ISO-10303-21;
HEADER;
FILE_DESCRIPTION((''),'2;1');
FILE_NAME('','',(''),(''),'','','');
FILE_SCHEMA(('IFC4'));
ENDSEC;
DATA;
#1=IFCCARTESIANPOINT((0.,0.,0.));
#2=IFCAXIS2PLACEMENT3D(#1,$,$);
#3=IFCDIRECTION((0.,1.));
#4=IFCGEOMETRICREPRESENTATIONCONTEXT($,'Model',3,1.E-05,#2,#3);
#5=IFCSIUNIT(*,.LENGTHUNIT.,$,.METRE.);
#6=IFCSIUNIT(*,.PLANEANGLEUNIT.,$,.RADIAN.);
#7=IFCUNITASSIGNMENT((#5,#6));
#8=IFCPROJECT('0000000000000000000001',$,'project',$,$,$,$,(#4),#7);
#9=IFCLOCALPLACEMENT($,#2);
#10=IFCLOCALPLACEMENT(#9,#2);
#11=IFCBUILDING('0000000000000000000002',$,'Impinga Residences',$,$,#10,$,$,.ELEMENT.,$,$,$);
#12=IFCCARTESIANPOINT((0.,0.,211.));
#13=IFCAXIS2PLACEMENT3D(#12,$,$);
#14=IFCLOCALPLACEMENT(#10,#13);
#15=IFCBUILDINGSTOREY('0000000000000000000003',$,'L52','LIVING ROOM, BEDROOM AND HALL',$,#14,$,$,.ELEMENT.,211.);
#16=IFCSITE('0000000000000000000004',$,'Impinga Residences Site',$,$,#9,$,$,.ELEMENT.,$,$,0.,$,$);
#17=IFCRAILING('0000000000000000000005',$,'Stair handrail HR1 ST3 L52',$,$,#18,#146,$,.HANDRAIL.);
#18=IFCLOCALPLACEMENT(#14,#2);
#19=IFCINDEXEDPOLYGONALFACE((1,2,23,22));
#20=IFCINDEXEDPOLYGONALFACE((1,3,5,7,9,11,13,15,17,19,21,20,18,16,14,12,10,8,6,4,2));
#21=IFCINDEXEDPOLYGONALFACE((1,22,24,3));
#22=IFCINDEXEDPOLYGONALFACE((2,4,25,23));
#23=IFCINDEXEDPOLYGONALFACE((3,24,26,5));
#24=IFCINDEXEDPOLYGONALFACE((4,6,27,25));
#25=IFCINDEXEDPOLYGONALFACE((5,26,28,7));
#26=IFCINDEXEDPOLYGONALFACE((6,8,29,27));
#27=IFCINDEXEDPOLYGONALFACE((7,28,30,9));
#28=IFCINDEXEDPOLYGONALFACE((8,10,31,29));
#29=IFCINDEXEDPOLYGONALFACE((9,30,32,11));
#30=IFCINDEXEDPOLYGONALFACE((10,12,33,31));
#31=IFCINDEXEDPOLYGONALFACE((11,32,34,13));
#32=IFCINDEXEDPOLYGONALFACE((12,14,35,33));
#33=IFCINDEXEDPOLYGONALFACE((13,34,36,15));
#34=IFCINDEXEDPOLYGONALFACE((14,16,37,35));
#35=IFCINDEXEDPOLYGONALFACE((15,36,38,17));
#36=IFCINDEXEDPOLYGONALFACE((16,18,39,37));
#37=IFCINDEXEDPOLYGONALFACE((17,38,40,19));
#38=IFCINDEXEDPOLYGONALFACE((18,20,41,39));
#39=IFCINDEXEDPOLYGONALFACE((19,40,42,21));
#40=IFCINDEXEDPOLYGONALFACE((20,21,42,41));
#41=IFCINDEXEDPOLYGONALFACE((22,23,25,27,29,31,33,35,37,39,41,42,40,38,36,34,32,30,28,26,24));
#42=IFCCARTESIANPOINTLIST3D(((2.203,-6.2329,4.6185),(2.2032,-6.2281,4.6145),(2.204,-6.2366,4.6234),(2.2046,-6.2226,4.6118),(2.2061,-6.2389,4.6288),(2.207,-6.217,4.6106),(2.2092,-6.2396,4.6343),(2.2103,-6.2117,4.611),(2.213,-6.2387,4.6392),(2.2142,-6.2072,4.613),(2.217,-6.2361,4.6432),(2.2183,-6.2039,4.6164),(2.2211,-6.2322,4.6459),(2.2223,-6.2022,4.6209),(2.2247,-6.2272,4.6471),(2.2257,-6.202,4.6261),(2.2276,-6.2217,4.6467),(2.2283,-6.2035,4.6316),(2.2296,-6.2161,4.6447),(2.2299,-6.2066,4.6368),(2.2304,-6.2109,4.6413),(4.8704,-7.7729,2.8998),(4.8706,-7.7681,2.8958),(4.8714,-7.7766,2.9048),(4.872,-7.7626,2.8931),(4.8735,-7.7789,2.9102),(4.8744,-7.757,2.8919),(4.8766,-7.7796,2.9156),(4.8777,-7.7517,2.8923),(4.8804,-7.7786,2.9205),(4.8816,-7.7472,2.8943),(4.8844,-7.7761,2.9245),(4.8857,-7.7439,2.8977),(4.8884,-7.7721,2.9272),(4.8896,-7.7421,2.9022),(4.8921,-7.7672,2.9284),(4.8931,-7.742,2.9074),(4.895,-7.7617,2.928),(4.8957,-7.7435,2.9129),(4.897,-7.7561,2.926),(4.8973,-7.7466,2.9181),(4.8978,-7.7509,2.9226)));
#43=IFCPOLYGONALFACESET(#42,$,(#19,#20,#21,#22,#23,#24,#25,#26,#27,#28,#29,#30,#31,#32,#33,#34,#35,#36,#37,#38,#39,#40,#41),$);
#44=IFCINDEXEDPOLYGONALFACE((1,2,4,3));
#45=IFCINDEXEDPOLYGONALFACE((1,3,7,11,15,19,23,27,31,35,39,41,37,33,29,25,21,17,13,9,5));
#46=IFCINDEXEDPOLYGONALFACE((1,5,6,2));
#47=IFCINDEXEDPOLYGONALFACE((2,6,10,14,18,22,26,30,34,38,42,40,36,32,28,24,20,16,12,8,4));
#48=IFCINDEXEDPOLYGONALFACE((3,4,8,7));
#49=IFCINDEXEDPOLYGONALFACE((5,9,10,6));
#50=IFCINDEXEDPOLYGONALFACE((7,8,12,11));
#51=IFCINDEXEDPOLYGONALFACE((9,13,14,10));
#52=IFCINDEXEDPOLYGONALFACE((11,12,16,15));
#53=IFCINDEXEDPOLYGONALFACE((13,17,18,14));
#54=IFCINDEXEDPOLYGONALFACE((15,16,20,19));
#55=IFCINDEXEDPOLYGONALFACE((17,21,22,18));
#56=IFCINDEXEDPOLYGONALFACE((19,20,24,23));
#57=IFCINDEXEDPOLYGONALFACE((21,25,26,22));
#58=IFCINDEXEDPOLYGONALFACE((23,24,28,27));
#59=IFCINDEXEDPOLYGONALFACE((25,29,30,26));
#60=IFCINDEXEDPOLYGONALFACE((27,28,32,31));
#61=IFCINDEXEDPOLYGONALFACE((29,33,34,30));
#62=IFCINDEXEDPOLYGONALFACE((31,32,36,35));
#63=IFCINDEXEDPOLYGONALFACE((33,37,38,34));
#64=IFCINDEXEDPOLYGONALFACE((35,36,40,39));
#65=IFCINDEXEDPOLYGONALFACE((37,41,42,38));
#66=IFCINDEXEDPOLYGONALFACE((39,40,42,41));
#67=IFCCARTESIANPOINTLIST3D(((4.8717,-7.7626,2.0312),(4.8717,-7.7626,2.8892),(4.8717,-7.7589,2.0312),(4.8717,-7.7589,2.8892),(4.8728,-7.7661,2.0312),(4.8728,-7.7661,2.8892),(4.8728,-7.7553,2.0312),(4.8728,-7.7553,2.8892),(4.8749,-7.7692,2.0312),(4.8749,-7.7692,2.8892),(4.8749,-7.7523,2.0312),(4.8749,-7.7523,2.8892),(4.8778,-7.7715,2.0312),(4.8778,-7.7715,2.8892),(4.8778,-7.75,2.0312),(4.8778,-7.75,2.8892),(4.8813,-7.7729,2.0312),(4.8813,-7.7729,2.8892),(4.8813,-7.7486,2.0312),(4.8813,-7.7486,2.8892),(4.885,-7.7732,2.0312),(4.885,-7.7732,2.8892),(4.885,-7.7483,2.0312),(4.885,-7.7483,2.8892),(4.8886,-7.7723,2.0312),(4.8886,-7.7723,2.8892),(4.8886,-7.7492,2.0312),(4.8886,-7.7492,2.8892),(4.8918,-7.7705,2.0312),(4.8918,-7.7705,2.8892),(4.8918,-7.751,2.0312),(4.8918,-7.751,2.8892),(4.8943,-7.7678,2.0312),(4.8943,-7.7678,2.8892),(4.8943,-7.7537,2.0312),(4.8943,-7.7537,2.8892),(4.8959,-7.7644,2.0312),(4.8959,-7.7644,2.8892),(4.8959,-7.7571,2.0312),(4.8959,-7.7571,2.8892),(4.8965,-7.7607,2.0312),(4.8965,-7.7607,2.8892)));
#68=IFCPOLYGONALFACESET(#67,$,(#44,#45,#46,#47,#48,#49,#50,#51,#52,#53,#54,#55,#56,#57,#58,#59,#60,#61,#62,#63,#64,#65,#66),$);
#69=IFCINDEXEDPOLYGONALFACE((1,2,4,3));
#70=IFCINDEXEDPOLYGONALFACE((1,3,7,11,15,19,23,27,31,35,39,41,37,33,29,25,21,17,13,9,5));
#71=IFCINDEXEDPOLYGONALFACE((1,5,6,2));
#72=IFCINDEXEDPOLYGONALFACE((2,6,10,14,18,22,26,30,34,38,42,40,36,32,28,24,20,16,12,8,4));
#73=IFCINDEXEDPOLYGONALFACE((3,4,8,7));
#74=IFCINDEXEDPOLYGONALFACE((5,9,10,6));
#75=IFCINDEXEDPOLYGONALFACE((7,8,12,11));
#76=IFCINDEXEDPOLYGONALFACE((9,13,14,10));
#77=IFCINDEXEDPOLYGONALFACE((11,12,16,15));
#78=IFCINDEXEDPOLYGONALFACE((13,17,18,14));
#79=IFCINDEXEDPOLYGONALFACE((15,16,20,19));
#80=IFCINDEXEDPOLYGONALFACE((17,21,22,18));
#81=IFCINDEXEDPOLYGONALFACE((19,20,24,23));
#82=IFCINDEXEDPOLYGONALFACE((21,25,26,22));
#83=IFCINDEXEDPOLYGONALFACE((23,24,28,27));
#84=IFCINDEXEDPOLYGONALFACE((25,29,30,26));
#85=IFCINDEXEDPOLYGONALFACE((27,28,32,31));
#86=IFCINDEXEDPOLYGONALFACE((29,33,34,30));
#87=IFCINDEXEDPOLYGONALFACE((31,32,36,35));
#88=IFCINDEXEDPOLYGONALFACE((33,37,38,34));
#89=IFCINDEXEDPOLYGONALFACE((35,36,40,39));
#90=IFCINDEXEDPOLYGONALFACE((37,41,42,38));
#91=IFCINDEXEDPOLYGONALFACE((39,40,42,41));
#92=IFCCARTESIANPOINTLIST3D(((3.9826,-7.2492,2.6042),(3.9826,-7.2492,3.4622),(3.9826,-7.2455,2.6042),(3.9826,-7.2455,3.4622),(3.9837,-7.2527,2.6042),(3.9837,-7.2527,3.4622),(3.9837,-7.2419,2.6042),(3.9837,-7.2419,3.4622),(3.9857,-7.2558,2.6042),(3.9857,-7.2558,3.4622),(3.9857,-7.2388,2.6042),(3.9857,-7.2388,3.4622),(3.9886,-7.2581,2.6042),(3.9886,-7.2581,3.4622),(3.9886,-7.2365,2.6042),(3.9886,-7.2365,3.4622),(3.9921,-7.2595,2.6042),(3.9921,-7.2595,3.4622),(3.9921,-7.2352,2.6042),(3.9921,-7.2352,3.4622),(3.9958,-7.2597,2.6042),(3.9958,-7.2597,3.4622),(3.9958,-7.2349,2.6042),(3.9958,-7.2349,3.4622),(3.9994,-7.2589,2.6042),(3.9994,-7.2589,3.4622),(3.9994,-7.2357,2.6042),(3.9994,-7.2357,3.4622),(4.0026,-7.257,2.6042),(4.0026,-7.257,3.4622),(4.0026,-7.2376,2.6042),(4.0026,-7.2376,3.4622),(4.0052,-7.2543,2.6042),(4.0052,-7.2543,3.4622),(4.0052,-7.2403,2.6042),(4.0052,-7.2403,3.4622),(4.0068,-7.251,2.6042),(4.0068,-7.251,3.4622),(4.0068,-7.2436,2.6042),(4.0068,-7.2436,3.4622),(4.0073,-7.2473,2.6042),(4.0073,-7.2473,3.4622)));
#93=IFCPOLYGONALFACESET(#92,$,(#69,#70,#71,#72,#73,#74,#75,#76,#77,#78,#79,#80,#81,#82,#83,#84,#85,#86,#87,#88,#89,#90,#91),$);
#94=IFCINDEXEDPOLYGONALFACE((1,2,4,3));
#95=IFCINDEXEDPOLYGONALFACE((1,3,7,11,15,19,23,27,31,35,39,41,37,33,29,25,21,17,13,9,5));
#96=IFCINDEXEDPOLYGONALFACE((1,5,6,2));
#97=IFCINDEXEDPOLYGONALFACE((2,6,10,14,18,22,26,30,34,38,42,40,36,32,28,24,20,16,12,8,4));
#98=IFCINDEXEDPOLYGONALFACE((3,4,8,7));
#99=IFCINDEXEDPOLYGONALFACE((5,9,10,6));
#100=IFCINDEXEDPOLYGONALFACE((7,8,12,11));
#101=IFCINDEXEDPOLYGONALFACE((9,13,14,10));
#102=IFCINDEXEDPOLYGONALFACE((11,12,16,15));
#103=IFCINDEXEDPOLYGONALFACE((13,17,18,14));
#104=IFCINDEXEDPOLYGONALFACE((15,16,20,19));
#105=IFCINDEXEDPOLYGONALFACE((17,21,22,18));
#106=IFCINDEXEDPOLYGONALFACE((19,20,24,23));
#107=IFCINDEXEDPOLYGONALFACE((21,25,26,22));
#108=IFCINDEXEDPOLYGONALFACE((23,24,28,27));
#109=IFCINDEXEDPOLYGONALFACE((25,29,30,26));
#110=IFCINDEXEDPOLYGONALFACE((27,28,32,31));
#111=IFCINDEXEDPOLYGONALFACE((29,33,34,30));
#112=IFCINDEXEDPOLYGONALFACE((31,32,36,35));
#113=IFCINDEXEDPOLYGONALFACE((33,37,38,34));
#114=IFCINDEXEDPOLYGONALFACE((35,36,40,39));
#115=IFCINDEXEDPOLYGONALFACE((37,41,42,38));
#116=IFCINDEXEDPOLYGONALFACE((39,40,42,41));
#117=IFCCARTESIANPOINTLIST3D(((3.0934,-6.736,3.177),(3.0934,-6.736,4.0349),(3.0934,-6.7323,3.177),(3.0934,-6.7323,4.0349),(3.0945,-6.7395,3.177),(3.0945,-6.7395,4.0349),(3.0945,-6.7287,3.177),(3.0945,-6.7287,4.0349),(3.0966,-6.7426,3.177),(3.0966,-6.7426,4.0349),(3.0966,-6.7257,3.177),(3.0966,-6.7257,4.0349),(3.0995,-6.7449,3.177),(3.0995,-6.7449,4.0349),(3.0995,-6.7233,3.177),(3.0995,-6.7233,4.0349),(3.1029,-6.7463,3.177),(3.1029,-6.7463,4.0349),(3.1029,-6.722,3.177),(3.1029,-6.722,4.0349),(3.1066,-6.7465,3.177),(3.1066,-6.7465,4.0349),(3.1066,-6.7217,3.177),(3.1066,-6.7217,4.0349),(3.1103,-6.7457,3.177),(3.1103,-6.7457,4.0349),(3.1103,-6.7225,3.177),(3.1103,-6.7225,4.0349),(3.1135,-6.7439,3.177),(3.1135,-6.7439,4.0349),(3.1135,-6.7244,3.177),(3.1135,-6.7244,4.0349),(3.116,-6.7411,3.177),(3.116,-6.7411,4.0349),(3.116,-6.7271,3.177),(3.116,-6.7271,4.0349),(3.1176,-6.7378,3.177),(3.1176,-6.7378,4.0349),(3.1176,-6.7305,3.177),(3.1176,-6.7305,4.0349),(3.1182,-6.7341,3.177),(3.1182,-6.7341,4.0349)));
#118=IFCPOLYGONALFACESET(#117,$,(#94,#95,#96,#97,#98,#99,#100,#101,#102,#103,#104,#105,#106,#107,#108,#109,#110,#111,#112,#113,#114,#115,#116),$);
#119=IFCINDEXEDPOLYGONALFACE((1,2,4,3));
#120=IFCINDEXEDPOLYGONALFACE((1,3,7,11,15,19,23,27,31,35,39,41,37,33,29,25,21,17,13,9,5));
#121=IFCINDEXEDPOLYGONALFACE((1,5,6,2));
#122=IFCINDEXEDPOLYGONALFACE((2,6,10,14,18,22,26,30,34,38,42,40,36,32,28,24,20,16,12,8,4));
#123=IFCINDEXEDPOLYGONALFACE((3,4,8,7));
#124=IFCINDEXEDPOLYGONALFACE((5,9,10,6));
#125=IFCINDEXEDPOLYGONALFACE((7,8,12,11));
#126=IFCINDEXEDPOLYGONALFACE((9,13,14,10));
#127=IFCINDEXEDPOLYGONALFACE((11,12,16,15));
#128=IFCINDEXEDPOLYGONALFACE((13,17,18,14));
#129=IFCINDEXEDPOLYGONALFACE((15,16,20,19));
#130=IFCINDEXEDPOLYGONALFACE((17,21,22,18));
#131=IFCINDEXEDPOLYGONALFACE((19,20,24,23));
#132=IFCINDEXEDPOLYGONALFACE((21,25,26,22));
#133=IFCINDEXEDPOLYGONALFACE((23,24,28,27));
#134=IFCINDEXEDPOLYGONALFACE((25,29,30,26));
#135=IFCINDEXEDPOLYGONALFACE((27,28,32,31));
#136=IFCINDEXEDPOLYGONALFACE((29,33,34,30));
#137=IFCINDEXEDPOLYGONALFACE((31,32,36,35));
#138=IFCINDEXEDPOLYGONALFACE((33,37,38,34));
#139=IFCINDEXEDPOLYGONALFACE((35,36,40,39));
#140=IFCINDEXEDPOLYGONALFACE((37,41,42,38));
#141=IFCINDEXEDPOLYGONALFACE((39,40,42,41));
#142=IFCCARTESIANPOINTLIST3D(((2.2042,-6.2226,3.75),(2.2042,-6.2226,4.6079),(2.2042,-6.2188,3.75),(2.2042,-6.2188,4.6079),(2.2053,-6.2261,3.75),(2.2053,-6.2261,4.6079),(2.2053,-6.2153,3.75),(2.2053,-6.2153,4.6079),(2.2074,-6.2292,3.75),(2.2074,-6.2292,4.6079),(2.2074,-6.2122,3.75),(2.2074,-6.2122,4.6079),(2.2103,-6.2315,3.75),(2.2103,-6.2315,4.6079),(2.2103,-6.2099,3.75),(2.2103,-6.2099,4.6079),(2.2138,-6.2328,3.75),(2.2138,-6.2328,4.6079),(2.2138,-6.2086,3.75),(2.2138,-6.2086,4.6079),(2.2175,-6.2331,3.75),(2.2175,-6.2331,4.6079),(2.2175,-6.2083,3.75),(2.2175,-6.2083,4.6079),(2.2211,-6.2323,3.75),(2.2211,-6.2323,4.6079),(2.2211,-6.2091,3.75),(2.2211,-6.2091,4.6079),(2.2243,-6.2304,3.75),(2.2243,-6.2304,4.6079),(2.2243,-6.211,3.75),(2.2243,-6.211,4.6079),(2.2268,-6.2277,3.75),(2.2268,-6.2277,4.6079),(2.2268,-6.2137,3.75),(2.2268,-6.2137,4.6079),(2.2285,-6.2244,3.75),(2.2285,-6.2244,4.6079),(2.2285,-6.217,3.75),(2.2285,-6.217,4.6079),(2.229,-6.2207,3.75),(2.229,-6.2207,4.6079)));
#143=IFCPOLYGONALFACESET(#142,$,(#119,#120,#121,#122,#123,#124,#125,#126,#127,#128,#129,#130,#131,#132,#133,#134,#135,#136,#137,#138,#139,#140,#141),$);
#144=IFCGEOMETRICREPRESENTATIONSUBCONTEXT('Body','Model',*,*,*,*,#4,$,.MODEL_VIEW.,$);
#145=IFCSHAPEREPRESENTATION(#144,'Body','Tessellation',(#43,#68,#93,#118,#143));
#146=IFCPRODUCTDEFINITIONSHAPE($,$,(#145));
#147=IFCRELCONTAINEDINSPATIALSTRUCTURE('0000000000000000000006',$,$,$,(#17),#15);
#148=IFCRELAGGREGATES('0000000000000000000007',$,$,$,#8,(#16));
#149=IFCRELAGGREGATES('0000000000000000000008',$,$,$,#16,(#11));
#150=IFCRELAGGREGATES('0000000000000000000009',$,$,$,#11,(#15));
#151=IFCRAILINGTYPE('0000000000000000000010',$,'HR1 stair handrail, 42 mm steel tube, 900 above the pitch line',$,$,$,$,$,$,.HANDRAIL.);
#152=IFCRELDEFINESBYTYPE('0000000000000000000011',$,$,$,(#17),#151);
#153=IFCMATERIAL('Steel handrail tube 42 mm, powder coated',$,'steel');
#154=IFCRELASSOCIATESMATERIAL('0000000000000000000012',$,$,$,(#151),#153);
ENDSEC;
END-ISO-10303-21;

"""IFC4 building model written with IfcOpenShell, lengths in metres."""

from ifc_helpers import new_model, si_unit, direction, frame, origin, origin_2d, place, context, subcontext, project, spatial, circle, extrude, material, type_object, element, save


model = new_model("IFC4")

# Units and contexts
model_context = context("Model", 3, precision=1e-05, world=origin(), true_north=direction((0.0, 1.0)))
body_context = subcontext(model_context, "Body", "Model", "MODEL_VIEW")
ifc_project = project(units=[si_unit("LENGTHUNIT", "METRE"), si_unit("PLANEANGLEUNIT", "RADIAN")], contexts=[model_context])

# Site, building, storey
site_placement = place(None, origin())
site = spatial("IfcSite", under=ifc_project, at=site_placement, Name="Impinga Residences Site", CompositionType="ELEMENT", RefElevation=0.0)
building_placement = place(site_placement, origin())
building = spatial("IfcBuilding", under=site, at=building_placement, Name="Impinga Residences", CompositionType="ELEMENT")
storey_placement = place(building_placement, frame((0.0, 0.0, 211.0)))
storey = spatial("IfcBuildingStorey", under=building, at=storey_placement, Name="L52", Description="LIVING ROOM, BEDROOM AND HALL", CompositionType="ELEMENT", Elevation=211.0)

# Railing
ifc_material_1 = material(Name="Steel handrail tube 42 mm, powder coated", Category="steel")
railing_type = type_object("IfcRailingType", Name="HR1 stair handrail, 42 mm steel tube, 900 above the pitch line", PredefinedType="HANDRAIL", material=ifc_material_1)
railing_placement = place(storey_placement, frame((4.884, -7.7607, 2.0312)))
element("IfcRailing", 1, at=railing_placement, inside=storey, type_object=railing_type, Name="Stair handrail HR1 ST3 L52", PredefinedType="HANDRAIL", context=body_context, shape_type="SweptSolid", body=[
    extrude(circle(Radius=0.021, at=origin_2d()), frame((0.0, 0.0, 0.8789), z_axis=(-0.756256, 0.436616, 0.487282), x_axis=(-0.499992, -0.86603, 0.0)), (0.0, 0.0, 1.0), 3.5271),
    extrude(circle(Radius=0.0125, at=origin_2d()), origin(), (0.0, 0.0, 1.0), 0.8579),
    extrude(circle(Radius=0.0125, at=origin_2d()), frame((-0.8892, 0.5134, 0.573)), (0.0, 0.0, 1.0), 0.8579),
    extrude(circle(Radius=0.0125, at=origin_2d()), frame((-1.7783, 1.0266, 1.1458)), (0.0, 0.0, 1.0), 0.8579),
    extrude(circle(Radius=0.0125, at=origin_2d()), frame((-2.6675, 1.54, 1.7188)), (0.0, 0.0, 1.0), 0.8579),
])

save(model, "model.ifc")
